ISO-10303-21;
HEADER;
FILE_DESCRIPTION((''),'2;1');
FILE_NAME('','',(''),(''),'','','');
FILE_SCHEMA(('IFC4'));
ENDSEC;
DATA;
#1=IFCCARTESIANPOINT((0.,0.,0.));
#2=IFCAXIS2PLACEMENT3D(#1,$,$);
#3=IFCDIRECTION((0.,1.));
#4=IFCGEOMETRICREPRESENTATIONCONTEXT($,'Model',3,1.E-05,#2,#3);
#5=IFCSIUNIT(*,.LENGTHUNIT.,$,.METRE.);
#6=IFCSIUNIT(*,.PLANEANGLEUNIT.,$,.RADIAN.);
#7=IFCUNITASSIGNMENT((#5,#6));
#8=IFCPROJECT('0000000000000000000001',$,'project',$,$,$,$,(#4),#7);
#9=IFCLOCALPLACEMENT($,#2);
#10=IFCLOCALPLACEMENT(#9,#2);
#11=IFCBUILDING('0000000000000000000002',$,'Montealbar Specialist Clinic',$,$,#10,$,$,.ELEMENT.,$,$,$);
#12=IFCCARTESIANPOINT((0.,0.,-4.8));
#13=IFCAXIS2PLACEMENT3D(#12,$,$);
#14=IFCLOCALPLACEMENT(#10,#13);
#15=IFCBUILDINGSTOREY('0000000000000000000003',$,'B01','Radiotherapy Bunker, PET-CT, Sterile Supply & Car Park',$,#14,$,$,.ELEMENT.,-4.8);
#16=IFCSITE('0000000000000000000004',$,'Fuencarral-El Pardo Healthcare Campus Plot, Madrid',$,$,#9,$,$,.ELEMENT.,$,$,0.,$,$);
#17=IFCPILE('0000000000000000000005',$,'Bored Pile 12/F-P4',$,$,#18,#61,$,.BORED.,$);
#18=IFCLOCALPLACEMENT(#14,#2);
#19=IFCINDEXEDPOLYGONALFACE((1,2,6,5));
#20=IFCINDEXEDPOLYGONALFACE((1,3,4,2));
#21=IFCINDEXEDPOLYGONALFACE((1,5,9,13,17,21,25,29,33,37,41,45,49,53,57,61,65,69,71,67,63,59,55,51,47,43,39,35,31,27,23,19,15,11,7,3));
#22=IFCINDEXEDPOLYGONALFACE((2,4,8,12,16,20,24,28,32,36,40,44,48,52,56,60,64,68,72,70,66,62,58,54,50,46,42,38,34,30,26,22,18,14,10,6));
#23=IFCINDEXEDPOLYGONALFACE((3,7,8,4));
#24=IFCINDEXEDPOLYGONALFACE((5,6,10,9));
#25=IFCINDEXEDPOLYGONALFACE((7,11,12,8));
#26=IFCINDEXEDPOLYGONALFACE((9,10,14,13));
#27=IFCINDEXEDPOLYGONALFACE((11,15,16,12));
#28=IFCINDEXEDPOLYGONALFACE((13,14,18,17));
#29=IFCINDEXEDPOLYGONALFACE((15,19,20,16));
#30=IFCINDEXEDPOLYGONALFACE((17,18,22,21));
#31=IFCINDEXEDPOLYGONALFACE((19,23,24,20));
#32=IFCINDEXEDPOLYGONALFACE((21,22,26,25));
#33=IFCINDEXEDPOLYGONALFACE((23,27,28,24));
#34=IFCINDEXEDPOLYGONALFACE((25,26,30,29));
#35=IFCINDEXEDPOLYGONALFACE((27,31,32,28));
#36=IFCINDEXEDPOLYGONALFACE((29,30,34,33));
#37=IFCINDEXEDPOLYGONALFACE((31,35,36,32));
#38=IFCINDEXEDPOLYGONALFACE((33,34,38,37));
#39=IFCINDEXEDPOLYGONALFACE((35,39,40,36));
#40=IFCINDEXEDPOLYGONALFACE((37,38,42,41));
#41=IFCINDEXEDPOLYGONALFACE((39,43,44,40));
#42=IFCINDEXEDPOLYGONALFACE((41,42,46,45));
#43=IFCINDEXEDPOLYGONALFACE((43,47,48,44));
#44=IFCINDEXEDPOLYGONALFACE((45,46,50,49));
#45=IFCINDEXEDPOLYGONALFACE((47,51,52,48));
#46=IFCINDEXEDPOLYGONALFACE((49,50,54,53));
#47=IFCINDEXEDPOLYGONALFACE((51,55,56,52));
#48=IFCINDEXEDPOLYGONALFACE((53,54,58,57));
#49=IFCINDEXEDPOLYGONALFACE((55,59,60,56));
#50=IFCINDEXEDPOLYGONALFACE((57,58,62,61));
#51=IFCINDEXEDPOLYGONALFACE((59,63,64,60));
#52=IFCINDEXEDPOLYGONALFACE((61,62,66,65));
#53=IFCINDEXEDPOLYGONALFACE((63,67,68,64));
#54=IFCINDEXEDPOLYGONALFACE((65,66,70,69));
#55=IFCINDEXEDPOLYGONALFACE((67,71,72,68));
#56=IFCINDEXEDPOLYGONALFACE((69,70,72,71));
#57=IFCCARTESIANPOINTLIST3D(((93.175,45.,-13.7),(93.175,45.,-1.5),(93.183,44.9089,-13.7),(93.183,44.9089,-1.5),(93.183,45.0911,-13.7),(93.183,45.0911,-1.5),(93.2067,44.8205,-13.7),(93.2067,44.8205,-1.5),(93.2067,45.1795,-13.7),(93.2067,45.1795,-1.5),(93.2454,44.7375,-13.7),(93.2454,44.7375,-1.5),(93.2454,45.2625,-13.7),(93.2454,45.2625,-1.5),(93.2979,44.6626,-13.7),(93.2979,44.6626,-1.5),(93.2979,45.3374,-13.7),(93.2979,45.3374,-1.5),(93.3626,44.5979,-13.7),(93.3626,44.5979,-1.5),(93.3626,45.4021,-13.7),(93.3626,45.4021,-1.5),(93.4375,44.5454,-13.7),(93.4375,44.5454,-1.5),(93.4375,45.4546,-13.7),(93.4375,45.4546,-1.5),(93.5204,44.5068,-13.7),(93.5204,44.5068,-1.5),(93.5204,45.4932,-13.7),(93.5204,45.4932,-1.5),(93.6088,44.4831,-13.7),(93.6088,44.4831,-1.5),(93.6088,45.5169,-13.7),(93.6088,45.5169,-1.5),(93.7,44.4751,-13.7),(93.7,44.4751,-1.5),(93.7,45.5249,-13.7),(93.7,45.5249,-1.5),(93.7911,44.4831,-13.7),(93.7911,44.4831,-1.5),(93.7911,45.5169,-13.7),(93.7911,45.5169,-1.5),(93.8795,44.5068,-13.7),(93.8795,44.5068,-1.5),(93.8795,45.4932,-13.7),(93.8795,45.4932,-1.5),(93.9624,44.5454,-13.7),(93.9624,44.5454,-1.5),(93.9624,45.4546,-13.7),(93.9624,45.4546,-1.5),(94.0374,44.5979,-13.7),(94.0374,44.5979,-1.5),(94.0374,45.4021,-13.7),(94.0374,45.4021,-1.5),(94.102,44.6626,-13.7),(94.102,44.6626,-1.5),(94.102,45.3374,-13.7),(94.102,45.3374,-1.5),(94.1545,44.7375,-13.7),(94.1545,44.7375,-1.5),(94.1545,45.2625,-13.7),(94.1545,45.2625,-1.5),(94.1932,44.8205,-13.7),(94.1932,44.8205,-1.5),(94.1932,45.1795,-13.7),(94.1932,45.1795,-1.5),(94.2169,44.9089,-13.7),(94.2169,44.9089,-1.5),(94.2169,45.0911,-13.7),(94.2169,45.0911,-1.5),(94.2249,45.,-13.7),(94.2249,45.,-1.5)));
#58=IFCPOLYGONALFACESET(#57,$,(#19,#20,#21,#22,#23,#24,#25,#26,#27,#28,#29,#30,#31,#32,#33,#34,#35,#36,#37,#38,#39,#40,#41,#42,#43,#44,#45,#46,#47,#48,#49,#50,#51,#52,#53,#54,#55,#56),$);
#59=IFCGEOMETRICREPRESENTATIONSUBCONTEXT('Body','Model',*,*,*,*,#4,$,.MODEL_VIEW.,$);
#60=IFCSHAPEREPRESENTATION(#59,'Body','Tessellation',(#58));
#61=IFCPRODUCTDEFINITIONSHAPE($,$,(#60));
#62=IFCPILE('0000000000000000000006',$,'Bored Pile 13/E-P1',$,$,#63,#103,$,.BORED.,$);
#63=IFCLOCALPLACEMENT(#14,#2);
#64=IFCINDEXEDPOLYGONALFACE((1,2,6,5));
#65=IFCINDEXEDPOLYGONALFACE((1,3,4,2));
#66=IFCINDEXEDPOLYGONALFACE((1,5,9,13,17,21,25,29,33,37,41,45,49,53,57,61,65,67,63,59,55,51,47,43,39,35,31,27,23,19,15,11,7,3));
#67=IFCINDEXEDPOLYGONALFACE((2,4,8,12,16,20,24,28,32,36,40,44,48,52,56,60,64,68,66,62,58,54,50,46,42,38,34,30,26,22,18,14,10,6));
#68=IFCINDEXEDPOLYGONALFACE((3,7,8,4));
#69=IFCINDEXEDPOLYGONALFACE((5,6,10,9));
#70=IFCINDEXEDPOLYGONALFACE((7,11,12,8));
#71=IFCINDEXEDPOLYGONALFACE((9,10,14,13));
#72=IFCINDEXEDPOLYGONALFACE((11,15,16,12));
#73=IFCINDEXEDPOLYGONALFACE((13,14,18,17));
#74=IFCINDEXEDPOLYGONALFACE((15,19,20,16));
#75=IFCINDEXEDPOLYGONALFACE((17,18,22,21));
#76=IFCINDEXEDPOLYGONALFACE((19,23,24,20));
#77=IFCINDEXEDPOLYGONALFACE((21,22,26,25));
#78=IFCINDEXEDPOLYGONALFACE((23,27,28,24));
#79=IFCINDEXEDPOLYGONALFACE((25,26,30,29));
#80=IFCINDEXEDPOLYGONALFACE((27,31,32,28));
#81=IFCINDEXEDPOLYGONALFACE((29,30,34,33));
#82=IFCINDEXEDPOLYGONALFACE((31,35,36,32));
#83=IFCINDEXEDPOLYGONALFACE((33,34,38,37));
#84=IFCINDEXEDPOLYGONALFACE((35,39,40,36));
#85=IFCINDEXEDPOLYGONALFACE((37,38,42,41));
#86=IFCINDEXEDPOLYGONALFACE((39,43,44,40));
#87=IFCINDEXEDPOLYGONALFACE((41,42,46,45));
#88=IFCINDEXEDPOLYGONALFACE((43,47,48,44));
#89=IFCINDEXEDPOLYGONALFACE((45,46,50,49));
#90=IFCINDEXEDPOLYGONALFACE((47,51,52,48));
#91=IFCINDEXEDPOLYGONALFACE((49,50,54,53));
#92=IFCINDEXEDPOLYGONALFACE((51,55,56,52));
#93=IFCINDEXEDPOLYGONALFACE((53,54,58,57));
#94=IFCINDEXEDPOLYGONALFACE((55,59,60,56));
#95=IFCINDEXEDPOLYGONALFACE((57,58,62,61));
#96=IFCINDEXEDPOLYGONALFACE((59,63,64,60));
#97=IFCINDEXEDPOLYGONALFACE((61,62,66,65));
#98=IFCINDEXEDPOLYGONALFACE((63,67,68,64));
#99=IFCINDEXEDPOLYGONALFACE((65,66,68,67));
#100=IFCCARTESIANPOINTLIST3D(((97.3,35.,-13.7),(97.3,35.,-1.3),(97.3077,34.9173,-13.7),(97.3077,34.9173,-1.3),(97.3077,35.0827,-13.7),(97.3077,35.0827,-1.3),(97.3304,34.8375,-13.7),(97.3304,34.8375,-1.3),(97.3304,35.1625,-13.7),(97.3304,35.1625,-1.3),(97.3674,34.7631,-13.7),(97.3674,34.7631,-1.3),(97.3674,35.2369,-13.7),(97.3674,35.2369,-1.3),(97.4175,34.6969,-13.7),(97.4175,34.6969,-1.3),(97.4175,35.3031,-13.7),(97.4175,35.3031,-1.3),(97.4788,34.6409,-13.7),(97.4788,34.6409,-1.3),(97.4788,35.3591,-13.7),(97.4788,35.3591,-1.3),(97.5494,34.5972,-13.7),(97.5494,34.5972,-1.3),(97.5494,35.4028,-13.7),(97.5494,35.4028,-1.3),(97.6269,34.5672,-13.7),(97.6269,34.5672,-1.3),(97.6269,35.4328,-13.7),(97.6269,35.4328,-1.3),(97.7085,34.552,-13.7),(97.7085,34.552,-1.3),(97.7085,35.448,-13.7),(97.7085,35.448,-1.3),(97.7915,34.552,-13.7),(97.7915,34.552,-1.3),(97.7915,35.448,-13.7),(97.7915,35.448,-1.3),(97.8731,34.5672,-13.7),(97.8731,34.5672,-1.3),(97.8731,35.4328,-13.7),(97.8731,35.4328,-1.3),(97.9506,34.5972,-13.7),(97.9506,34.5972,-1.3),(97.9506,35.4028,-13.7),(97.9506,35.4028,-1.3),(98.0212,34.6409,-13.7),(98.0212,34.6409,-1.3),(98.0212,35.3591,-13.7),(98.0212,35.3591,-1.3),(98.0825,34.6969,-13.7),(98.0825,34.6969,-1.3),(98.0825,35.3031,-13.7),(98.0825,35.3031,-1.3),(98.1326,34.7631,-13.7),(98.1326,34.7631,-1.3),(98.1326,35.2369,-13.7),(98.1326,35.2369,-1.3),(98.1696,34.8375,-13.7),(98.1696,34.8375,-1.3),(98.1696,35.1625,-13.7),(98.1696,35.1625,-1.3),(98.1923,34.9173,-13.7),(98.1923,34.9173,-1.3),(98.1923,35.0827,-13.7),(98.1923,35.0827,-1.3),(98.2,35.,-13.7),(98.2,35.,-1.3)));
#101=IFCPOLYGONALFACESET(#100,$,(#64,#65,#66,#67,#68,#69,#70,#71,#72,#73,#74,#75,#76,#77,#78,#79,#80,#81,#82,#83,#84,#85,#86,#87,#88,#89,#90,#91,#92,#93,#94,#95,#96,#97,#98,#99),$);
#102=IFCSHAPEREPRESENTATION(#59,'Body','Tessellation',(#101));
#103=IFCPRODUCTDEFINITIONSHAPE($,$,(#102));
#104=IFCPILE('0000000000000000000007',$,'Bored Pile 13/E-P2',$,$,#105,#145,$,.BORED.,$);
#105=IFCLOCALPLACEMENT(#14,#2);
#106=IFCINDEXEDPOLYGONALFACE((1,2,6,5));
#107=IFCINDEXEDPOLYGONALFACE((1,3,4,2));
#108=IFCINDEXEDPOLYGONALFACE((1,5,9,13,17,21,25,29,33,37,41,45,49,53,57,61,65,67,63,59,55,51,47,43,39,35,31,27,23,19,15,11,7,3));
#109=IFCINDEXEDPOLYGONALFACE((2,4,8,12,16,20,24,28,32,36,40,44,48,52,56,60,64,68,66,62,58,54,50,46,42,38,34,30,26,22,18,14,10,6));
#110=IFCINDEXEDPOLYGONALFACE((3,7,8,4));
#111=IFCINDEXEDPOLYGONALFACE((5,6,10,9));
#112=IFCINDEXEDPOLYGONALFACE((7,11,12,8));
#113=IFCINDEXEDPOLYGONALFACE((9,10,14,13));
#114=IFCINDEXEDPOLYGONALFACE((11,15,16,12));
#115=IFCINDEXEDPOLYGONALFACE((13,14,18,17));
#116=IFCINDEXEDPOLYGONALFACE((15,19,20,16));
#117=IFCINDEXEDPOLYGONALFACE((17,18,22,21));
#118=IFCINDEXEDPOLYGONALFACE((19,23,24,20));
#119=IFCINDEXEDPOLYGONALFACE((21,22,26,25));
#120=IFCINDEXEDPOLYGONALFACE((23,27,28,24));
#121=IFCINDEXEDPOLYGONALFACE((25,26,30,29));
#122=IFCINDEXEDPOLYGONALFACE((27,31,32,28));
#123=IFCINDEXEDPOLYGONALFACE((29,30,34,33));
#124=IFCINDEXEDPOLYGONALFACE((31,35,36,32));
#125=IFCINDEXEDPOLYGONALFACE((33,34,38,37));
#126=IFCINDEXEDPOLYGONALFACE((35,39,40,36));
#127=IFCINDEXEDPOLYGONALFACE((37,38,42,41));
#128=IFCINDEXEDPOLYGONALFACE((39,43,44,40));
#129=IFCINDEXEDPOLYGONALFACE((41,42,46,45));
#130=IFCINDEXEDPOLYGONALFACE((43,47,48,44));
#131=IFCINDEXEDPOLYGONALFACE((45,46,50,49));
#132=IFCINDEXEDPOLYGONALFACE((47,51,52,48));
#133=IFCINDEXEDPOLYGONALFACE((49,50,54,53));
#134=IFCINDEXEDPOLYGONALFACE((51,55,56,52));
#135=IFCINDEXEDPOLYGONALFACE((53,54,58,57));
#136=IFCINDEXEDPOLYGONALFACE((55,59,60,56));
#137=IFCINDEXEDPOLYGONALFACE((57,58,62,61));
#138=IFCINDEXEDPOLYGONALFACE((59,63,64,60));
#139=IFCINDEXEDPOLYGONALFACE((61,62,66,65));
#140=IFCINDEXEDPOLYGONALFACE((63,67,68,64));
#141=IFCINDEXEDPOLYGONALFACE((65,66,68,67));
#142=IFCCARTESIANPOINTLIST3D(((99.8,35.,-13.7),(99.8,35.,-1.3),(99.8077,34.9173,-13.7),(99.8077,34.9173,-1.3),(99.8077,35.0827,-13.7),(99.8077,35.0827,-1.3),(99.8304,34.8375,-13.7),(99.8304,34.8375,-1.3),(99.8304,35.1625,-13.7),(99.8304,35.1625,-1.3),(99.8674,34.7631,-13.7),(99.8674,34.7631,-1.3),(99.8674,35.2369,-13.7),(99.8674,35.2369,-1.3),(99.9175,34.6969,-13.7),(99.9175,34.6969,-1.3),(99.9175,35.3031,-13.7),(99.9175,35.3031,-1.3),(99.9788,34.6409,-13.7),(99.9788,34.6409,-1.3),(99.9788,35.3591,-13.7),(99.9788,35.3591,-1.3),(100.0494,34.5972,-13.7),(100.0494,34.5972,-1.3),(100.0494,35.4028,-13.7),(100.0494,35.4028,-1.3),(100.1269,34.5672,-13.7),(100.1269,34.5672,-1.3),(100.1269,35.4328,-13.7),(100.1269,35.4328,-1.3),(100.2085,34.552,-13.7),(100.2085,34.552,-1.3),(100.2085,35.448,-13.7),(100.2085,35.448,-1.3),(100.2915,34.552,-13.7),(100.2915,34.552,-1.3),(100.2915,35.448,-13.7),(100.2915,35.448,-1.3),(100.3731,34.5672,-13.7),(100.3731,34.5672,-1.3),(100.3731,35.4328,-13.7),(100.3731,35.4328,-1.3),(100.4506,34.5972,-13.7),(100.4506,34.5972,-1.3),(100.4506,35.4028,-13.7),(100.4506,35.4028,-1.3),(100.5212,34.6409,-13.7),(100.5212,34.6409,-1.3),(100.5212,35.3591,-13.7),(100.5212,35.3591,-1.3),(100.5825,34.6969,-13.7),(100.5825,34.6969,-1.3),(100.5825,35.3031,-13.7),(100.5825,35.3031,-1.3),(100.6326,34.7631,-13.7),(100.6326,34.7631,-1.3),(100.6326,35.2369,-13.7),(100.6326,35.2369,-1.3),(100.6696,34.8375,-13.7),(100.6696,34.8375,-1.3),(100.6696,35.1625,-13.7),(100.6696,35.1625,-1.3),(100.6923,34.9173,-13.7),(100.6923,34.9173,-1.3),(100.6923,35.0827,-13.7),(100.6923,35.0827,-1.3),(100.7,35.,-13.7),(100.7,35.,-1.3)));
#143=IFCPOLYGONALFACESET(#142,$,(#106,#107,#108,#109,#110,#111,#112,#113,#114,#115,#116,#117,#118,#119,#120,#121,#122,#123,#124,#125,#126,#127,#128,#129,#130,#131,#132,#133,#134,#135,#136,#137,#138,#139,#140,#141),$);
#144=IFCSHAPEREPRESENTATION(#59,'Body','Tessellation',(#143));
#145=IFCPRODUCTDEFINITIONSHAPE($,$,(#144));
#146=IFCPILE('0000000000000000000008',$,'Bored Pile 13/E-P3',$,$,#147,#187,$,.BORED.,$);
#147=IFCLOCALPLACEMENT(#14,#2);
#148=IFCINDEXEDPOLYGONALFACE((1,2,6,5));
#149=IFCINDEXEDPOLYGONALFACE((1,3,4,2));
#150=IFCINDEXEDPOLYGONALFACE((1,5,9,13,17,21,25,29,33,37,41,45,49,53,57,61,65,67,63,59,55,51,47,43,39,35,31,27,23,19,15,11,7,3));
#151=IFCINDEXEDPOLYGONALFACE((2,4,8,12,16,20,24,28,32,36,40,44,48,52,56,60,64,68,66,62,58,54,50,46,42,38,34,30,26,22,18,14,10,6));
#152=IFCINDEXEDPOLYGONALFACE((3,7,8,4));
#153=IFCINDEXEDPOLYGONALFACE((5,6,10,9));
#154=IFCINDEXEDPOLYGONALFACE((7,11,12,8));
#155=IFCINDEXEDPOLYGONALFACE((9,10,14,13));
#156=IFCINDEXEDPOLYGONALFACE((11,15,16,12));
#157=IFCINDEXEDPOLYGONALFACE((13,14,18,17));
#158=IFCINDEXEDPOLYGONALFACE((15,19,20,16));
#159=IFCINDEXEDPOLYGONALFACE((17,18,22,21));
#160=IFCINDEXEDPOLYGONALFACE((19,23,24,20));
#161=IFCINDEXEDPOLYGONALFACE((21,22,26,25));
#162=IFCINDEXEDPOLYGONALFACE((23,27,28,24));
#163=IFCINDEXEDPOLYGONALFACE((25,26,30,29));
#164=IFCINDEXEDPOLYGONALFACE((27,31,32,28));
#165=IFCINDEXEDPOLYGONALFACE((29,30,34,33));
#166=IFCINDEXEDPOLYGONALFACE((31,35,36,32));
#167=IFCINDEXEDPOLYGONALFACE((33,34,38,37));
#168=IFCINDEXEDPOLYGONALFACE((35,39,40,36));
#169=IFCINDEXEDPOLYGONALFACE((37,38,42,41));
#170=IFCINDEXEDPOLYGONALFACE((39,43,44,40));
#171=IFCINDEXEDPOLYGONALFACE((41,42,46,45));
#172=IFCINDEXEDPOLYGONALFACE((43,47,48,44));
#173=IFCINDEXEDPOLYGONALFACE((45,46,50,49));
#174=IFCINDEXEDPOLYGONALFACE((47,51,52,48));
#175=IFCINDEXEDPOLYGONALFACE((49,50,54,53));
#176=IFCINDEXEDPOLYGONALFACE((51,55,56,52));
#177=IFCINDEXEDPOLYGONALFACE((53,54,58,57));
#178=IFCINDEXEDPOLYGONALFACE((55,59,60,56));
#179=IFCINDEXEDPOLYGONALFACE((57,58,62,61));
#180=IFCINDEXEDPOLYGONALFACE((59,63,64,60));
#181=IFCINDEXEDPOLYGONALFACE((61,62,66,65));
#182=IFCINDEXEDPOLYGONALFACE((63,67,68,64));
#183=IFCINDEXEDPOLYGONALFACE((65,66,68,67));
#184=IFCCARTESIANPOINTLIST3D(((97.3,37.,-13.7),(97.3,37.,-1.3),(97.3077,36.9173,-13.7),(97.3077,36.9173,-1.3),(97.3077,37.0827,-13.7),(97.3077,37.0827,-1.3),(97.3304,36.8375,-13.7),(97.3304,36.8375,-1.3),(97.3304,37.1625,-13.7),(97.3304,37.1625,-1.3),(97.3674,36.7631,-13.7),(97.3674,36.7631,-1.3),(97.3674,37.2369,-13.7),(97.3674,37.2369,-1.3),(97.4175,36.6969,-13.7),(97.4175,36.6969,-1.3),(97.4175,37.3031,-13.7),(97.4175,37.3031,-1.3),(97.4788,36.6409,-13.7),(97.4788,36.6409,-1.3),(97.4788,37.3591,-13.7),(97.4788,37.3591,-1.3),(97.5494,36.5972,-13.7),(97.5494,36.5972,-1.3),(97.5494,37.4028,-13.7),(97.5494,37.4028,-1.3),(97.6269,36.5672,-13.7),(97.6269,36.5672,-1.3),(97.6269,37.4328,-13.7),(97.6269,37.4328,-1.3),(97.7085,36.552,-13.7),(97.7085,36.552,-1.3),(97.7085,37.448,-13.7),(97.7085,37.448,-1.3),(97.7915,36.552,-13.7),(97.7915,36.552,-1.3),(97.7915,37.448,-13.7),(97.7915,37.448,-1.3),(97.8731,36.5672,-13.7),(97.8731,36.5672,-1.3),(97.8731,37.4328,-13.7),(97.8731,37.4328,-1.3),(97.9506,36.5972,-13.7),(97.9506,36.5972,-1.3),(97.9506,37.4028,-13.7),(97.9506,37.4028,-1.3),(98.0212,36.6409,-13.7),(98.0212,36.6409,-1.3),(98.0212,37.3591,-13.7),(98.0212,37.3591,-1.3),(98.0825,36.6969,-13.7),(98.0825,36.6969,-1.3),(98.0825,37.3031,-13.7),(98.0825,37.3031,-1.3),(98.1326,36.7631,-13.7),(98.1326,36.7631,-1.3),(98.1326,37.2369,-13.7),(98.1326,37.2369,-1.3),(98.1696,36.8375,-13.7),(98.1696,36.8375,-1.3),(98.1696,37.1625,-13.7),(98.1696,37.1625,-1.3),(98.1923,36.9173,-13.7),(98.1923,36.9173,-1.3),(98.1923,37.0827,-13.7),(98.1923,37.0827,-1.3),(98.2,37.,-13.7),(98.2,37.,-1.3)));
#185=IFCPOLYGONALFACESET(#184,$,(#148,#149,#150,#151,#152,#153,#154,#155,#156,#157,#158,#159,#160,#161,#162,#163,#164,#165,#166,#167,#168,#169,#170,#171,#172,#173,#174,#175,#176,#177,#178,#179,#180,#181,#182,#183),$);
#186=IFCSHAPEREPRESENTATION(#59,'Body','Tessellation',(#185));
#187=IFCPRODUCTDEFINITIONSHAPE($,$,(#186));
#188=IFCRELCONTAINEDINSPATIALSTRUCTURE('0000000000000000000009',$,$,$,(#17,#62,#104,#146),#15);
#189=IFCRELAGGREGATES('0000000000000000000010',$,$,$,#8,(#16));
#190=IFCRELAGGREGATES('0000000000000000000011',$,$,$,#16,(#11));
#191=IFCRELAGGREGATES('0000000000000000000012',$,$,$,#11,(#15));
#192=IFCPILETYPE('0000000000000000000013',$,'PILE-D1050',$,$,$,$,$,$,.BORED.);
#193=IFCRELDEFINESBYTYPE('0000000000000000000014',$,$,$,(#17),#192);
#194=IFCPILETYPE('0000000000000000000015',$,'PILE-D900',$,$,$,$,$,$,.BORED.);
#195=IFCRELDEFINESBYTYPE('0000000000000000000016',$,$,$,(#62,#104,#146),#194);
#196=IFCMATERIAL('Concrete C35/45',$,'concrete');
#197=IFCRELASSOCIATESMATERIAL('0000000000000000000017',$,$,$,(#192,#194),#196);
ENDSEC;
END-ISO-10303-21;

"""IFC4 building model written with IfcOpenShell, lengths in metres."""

from ifc_helpers import new_model, si_unit, direction, frame, origin, origin_2d, place, context, subcontext, project, spatial, circle, extrude, material, material_profile, profile_set, type_object, element, save


model = new_model("IFC4")

# Units and contexts
model_context = context("Model", 3, precision=1e-05, world=origin(), true_north=direction((0.0, 1.0)))
body_context = subcontext(model_context, "Body", "Model", "MODEL_VIEW")
ifc_project = project(units=[si_unit("LENGTHUNIT", "METRE"), si_unit("PLANEANGLEUNIT", "RADIAN")], contexts=[model_context])

# Site, building, storey
site_placement = place(None, origin())
site = spatial("IfcSite", under=ifc_project, at=site_placement, Name="Fuencarral-El Pardo Healthcare Campus Plot, Madrid", CompositionType="ELEMENT", RefElevation=0.0)
building_placement = place(site_placement, origin())
building = spatial("IfcBuilding", under=site, at=building_placement, Name="Montealbar Specialist Clinic", CompositionType="ELEMENT")
storey_placement = place(building_placement, frame((0.0, 0.0, -4.8)))
storey = spatial("IfcBuildingStorey", under=building, at=storey_placement, Name="B01", Description="Radiotherapy Bunker, PET-CT, Sterile Supply & Car Park", CompositionType="ELEMENT", Elevation=-4.8)

# Shared definitions
ifc_material_1 = material(Name="Concrete C35/45", Category="concrete")

# Piles
ifc_material_profile_1 = material_profile(ifc_material_1, circle(Radius=0.5249, at=origin_2d()), Name="PILE D1050", Category="concrete")
ifc_profile_set_1 = profile_set([ifc_material_profile_1], Name="Concrete C35/45")
pile_type_1 = type_object("IfcPileType", Name="PILE-D1050", PredefinedType="BORED", material=ifc_profile_set_1)
for number, where, z_axis, x_axis, name in (
    (1, (93.7, 45.0, -1.5), (0.0, 0.0, -1.0), (1.0, 0.0, 0.0), "Bored Pile 12/F-P4"),
):
    element("IfcPile", number, at=place(storey_placement, frame(where, z_axis=z_axis, x_axis=x_axis)), inside=storey, type_object=pile_type_1, Name=name, PredefinedType="BORED", context=body_context, shape_type="SweptSolid", body=[
        extrude(circle(Radius=0.5249, at=origin_2d()), origin(), (0.0, 0.0, 1.0), 12.2),
    ])
ifc_material_profile_2 = material_profile(ifc_material_1, circle(Radius=0.45, at=origin_2d()), Name="PILE D900", Category="concrete")
ifc_profile_set_2 = profile_set([ifc_material_profile_2], Name="Concrete C35/45")
pile_type_2 = type_object("IfcPileType", Name="PILE-D900", PredefinedType="BORED", material=ifc_profile_set_2)
for number, where, z_axis, x_axis, name in (
    (2, (97.75, 35.0, -1.3), (0.0, 0.0, -1.0), (1.0, 0.0, 0.0), "Bored Pile 13/E-P1"),
    (3, (100.25, 35.0, -1.3), (0.0, 0.0, -1.0), (1.0, 0.0, 0.0), "Bored Pile 13/E-P2"),
    (4, (97.75, 37.0, -1.3), (0.0, 0.0, -1.0), (1.0, 0.0, 0.0), "Bored Pile 13/E-P3"),
):
    element("IfcPile", number, at=place(storey_placement, frame(where, z_axis=z_axis, x_axis=x_axis)), inside=storey, type_object=pile_type_2, Name=name, PredefinedType="BORED", context=body_context, shape_type="SweptSolid", body=[
        extrude(circle(Radius=0.45, at=origin_2d()), origin(), (0.0, 0.0, 1.0), 12.3999),
    ])

save(model, "model.ifc")
